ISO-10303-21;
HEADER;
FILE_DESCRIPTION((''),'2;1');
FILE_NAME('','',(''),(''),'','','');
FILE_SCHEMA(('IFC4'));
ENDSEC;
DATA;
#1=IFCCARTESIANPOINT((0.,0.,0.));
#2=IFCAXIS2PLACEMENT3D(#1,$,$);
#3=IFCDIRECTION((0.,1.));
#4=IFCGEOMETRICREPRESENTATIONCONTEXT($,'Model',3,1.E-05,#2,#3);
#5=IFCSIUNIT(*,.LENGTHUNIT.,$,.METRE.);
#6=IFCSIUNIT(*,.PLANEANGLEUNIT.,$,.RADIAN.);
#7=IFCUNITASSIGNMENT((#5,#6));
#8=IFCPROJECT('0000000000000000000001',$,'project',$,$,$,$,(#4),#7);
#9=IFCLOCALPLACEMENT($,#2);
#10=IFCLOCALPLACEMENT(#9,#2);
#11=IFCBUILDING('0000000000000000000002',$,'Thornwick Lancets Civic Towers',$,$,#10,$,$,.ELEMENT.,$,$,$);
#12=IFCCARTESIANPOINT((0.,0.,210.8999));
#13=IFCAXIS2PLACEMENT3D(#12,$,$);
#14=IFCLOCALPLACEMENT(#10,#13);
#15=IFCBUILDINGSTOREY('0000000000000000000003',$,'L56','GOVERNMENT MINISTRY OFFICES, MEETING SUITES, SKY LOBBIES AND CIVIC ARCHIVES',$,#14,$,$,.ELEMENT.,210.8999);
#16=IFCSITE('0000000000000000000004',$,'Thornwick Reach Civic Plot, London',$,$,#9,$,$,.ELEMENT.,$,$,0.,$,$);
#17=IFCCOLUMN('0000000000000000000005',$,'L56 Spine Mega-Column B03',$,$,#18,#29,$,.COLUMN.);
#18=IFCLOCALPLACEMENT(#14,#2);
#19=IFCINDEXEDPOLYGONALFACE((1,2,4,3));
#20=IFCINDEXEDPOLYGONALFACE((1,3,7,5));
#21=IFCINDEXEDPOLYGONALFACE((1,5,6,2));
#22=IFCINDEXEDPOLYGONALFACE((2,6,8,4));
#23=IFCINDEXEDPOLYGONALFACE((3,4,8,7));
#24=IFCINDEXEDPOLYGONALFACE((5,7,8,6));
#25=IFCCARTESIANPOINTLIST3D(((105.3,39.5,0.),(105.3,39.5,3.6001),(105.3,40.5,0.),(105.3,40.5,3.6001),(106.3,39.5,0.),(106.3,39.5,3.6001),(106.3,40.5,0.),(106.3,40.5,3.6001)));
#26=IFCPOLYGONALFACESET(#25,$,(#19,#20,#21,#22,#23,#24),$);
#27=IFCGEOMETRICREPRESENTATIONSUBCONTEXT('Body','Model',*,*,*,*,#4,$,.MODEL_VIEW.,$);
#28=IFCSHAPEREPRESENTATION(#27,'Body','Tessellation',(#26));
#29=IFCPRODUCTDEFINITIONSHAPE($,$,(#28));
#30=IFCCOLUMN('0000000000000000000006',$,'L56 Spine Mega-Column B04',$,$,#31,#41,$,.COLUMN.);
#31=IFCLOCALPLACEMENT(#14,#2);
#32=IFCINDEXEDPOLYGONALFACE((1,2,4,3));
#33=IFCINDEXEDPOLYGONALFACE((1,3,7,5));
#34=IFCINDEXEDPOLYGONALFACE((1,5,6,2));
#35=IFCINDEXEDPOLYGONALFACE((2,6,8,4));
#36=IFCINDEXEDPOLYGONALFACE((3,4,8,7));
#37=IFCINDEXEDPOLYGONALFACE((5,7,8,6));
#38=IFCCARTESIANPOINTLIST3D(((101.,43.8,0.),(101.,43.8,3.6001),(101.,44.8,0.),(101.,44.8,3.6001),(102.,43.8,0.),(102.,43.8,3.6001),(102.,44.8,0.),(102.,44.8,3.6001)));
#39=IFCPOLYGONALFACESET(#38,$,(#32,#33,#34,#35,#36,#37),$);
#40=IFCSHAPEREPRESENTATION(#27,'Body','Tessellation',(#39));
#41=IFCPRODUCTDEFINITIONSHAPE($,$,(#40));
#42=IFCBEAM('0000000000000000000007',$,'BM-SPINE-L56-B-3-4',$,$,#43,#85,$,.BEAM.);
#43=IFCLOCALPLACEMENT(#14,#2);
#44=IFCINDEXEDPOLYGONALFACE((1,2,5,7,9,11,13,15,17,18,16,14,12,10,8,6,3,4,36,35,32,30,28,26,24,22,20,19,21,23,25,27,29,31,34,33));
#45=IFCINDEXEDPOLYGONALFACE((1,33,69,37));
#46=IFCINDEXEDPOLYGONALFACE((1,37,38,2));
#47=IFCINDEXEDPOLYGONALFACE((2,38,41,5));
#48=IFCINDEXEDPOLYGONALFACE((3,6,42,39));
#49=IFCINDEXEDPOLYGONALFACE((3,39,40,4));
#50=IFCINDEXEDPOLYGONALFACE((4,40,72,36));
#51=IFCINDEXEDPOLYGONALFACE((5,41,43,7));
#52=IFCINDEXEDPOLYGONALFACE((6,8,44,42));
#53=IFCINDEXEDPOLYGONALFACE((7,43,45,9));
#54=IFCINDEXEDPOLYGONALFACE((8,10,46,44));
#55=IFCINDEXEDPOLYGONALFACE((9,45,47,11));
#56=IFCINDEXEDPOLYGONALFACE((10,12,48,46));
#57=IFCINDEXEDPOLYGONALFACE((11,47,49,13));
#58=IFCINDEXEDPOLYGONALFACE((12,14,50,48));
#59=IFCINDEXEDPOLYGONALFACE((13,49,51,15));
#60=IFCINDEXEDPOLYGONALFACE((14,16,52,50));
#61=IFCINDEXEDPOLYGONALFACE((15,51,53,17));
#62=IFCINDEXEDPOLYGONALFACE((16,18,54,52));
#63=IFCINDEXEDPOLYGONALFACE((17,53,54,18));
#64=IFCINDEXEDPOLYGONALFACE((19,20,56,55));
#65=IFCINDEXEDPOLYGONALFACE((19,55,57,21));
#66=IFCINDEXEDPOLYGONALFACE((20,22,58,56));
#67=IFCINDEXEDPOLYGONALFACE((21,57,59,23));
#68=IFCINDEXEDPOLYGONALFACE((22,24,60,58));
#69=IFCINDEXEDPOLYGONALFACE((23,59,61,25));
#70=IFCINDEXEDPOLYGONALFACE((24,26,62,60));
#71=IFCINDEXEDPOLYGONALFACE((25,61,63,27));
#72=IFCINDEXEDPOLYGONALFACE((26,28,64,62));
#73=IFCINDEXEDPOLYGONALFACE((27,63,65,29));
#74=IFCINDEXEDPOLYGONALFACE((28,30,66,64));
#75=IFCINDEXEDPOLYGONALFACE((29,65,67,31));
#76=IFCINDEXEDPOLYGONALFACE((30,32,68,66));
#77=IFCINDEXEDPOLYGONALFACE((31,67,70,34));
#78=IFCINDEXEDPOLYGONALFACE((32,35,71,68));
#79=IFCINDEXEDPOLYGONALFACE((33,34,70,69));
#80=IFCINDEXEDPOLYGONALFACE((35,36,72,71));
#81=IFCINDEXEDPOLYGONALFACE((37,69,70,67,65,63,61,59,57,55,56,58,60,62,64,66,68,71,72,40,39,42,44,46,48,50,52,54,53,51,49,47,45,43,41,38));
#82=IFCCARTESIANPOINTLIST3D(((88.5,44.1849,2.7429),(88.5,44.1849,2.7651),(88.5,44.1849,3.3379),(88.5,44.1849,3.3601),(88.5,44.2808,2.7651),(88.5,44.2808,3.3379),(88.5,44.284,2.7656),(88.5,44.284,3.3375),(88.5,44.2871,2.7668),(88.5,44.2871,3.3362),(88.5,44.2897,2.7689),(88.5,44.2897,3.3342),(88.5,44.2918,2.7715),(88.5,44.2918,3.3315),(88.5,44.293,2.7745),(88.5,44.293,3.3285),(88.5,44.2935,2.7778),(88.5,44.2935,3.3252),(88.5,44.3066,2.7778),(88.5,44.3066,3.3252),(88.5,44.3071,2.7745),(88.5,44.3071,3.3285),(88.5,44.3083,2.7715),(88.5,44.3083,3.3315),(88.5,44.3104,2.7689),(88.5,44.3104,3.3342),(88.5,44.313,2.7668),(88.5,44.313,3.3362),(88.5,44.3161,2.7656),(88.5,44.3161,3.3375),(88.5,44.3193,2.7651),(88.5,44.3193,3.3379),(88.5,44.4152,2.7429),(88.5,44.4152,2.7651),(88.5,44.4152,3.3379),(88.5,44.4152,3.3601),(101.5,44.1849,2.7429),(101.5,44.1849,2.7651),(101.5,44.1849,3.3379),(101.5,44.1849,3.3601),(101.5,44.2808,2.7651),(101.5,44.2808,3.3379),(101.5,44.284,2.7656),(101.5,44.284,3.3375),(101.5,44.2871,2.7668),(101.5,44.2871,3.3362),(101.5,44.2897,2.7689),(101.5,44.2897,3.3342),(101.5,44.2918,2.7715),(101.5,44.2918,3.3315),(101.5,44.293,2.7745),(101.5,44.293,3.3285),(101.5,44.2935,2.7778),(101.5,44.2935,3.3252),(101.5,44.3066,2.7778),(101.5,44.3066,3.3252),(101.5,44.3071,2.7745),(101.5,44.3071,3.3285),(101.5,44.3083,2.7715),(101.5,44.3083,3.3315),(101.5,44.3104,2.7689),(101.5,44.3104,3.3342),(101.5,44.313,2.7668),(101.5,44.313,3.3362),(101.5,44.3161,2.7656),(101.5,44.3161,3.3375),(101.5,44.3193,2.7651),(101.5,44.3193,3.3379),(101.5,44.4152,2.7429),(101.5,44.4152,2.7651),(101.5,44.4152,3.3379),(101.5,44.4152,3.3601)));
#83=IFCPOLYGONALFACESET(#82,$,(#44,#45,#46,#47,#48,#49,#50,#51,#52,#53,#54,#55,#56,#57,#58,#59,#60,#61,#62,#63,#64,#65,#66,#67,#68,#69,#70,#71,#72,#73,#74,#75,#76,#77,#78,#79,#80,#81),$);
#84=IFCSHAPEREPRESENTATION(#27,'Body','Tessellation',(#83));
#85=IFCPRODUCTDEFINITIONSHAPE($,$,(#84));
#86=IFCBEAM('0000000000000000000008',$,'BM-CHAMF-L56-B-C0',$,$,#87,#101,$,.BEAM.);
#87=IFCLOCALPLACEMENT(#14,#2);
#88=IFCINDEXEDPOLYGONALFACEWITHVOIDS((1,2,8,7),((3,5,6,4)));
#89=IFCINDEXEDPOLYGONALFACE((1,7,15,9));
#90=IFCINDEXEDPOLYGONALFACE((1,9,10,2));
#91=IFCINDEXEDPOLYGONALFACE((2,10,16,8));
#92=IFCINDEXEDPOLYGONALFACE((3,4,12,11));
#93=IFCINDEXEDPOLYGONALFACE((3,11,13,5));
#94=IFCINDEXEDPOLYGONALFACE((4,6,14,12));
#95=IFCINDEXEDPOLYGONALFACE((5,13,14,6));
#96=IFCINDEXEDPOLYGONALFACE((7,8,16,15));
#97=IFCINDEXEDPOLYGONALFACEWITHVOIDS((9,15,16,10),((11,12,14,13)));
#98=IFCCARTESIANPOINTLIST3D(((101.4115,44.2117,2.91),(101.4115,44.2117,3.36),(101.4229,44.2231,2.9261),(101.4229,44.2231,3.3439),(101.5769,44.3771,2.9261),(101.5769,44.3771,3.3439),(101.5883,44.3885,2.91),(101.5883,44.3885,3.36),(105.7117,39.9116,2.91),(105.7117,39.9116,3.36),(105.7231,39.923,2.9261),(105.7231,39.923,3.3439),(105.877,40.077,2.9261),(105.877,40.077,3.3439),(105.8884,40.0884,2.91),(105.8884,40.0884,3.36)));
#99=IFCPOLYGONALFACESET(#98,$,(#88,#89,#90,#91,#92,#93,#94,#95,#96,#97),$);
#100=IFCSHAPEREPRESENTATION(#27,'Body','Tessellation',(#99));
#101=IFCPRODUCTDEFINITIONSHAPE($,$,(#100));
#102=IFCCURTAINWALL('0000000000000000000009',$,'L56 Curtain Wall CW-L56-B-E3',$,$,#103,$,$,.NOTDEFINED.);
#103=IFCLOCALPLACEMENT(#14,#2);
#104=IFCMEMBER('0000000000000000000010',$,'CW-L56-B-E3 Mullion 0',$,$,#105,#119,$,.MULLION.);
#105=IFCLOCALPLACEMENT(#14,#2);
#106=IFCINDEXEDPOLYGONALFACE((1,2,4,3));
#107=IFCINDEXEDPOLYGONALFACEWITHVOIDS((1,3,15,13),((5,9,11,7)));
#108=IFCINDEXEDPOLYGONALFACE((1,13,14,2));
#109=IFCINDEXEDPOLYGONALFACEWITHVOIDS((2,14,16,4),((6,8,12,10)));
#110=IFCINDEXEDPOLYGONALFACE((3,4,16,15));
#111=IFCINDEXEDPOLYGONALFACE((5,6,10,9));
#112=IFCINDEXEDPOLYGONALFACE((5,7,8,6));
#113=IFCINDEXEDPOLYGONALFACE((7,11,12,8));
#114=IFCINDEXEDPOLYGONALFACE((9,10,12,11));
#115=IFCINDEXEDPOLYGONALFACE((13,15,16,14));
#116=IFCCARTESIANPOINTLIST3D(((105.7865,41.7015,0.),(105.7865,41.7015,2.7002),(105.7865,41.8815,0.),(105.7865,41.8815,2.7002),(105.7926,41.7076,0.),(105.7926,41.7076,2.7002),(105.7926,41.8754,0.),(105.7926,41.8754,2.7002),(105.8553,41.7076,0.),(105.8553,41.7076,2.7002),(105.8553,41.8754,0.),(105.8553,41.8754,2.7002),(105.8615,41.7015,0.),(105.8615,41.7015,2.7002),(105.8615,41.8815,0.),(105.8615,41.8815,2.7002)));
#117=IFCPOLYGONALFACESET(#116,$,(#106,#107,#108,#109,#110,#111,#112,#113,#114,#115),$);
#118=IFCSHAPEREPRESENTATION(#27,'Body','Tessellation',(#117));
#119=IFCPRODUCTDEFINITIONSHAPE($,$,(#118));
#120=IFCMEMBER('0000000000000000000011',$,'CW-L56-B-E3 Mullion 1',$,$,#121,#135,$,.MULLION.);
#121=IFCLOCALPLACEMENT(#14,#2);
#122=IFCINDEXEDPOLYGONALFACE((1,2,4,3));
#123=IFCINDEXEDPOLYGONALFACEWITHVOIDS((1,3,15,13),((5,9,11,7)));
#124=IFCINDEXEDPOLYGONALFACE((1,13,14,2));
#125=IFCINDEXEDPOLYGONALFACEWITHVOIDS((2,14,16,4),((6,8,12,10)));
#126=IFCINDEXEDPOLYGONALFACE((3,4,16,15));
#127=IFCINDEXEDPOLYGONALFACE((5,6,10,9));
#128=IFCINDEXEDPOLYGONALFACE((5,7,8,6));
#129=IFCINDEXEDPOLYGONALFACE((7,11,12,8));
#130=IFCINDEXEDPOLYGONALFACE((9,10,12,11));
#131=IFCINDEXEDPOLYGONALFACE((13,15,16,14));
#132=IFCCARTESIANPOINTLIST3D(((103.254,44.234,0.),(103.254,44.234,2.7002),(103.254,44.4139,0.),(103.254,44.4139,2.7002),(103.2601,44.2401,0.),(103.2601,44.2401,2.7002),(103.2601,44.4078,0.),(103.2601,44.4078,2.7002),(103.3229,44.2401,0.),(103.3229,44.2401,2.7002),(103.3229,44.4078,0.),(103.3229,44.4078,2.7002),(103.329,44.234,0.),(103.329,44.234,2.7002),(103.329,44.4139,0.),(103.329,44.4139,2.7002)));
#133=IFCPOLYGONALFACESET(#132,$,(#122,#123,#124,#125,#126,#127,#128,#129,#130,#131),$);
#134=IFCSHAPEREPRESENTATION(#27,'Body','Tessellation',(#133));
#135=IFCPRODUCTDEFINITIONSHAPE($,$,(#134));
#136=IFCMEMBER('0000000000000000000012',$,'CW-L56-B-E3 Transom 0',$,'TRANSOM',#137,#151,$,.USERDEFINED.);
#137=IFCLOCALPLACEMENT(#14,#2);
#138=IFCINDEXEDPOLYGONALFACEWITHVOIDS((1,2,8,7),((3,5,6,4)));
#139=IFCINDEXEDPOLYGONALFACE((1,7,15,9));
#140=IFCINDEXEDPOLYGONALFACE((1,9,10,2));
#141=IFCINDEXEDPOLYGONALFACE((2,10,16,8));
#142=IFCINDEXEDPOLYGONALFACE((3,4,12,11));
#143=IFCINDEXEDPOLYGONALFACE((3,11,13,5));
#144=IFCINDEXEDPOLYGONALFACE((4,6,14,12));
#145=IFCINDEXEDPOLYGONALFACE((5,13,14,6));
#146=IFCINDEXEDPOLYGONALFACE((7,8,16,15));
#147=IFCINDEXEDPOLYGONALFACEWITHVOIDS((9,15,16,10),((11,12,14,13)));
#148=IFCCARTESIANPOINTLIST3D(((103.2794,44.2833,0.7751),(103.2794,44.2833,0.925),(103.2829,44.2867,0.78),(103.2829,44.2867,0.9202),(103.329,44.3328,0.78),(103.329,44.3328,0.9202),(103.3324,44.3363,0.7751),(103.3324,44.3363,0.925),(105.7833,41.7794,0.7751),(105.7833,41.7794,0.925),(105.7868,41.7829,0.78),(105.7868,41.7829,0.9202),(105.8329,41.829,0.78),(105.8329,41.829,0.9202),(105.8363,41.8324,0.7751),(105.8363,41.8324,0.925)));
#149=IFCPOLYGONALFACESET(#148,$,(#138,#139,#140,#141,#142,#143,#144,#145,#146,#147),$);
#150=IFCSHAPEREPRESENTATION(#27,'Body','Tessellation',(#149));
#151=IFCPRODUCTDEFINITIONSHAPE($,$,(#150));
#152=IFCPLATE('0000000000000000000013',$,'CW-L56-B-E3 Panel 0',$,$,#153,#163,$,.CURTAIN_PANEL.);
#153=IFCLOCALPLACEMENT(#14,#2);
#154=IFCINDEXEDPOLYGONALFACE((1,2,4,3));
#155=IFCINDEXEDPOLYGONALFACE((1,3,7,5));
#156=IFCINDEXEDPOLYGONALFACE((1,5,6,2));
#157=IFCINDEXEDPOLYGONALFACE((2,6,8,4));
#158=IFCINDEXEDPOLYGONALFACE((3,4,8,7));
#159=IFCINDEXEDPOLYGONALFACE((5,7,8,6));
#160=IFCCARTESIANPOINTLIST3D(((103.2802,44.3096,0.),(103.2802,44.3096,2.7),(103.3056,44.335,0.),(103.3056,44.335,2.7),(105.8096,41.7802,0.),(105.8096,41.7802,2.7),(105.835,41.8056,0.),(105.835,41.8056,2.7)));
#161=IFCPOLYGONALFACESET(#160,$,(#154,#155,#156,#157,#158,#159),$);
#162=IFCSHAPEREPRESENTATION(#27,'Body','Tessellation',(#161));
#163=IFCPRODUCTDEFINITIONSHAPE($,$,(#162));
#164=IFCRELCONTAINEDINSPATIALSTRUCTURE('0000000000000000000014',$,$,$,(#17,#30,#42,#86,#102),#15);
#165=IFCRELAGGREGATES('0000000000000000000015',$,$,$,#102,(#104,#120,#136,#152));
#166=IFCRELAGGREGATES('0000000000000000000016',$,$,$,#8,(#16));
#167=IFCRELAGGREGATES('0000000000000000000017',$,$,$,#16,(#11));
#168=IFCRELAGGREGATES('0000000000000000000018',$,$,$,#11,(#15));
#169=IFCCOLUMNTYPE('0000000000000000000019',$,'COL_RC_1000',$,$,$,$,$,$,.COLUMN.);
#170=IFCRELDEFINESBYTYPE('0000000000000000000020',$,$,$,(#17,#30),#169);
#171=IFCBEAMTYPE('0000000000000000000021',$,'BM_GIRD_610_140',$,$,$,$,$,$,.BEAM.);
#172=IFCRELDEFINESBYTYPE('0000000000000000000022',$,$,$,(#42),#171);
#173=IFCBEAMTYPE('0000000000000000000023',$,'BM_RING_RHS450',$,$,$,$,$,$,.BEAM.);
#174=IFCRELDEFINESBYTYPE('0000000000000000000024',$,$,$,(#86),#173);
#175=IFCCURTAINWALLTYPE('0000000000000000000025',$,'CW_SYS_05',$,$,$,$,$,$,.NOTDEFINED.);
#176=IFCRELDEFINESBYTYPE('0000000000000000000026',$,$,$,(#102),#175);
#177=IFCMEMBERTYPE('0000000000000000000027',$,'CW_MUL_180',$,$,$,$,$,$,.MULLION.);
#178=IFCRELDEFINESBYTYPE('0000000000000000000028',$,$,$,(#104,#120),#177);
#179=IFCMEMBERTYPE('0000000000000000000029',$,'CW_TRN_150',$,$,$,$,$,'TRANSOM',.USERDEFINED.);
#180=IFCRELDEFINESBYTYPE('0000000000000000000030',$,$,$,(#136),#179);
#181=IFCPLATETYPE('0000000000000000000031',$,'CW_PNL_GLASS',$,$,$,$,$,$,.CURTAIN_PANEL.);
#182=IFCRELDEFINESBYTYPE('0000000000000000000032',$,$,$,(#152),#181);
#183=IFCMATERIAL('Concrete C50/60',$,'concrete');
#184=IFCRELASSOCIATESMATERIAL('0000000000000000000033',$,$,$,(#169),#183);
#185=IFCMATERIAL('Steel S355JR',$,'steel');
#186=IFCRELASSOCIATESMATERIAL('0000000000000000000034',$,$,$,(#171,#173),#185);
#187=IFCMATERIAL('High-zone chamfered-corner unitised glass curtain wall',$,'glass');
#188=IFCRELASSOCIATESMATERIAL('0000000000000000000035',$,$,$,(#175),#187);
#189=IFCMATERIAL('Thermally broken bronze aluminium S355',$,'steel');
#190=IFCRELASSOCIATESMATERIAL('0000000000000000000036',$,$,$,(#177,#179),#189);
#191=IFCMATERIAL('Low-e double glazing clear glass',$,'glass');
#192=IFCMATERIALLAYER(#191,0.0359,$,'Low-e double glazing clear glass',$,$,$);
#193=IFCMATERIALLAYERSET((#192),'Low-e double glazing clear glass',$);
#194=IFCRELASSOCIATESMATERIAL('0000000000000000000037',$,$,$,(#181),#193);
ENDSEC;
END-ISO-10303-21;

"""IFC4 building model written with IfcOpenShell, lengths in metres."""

from ifc_helpers import new_model, si_unit, direction, frame, origin, origin_2d, place, context, subcontext, project, spatial, rectangle, hollow_rectangle, i_section, extrude, material, layer, layer_set, material_profile, profile_set, type_object, element, aggregate, save


model = new_model("IFC4")

# Units and contexts
model_context = context("Model", 3, precision=1e-05, world=origin(), true_north=direction((0.0, 1.0)))
body_context = subcontext(model_context, "Body", "Model", "MODEL_VIEW")
ifc_project = project(units=[si_unit("LENGTHUNIT", "METRE"), si_unit("PLANEANGLEUNIT", "RADIAN")], contexts=[model_context])

# Site, building, storey
site_placement = place(None, origin())
site = spatial("IfcSite", under=ifc_project, at=site_placement, Name="Thornwick Reach Civic Plot, London", CompositionType="ELEMENT", RefElevation=0.0)
building_placement = place(site_placement, origin())
building = spatial("IfcBuilding", under=site, at=building_placement, Name="Thornwick Lancets Civic Towers", CompositionType="ELEMENT")
storey_placement = place(building_placement, frame((0.0, 0.0, 210.8999)))
storey = spatial("IfcBuildingStorey", under=building, at=storey_placement, Name="L56", Description="GOVERNMENT MINISTRY OFFICES, MEETING SUITES, SKY LOBBIES AND CIVIC ARCHIVES", CompositionType="ELEMENT", Elevation=210.8999)

# Columns
ifc_material_1 = material(Name="Concrete C50/60", Category="concrete")
ifc_material_profile_1 = material_profile(ifc_material_1, rectangle(XDim=1.0, YDim=1.0, at=origin_2d()), Name="RC 1000x1000")
ifc_profile_set_1 = profile_set([ifc_material_profile_1], Name="Concrete C50/60")
column_type = type_object("IfcColumnType", Name="COL_RC_1000", PredefinedType="COLUMN", material=ifc_profile_set_1)
for number, where, z_axis, x_axis, name in (
    (1, (105.8, 40.0, 0.0), (0.0, 0.0, 1.0), (1.0, 0.0, 0.0), "L56 Spine Mega-Column B03"),
    (2, (101.5, 44.3, 0.0), (0.0, 0.0, 1.0), (1.0, 0.0, 0.0), "L56 Spine Mega-Column B04"),
):
    element("IfcColumn", number, at=place(storey_placement, frame(where, z_axis=z_axis, x_axis=x_axis)), inside=storey, type_object=column_type, Name=name, PredefinedType="COLUMN", context=body_context, shape_type="SweptSolid", body=[
        extrude(rectangle(XDim=1.0, YDim=1.0, at=origin_2d()), origin(), (0.0, 0.0, 1.0), 3.6001),
    ])

# Beams
ifc_material_2 = material(Name="Steel S355JR", Category="steel")
ifc_material_profile_2 = material_profile(ifc_material_2, i_section(OverallWidth=0.2302, OverallDepth=0.6172, WebThickness=0.0132, FlangeThickness=0.0222, FilletRadius=0.0127, at=origin_2d()), Name="UKB 610x229x140")
ifc_profile_set_2 = profile_set([ifc_material_profile_2], Name="Steel S355JR")
beam_type_1 = type_object("IfcBeamType", Name="BM_GIRD_610_140", PredefinedType="BEAM", material=ifc_profile_set_2)
beam_1_placement = place(storey_placement, frame((101.5, 44.3, 3.0515), z_axis=(-1.0, 0.0, 0.0), x_axis=(0.0, -1.0, 0.0)))
element("IfcBeam", 3, at=beam_1_placement, inside=storey, type_object=beam_type_1, Name="BM-SPINE-L56-B-3-4", PredefinedType="BEAM", context=body_context, shape_type="SweptSolid", body=[
    extrude(i_section(OverallWidth=0.2302, OverallDepth=0.6172, WebThickness=0.0132, FlangeThickness=0.0222, FilletRadius=0.0127, at=origin_2d()), origin(), (0.0, 0.0, 1.0), 13.0),
])
ifc_material_profile_3 = material_profile(ifc_material_2, hollow_rectangle(XDim=0.25, YDim=0.45, WallThickness=0.0161, at=origin_2d()), Name="RHS 450x250x16")
ifc_profile_set_3 = profile_set([ifc_material_profile_3], Name="Steel S355JR")
beam_type_2 = type_object("IfcBeamType", Name="BM_RING_RHS450", PredefinedType="BEAM", material=ifc_profile_set_3)
beam_2_placement = place(storey_placement, frame((105.8, 40.0, 3.135), z_axis=(-0.707107, 0.707107, 0.0), x_axis=(-0.707107, -0.707107, 0.0)))
element("IfcBeam", 4, at=beam_2_placement, inside=storey, type_object=beam_type_2, Name="BM-CHAMF-L56-B-C0", PredefinedType="BEAM", context=body_context, shape_type="SweptSolid", body=[
    extrude(hollow_rectangle(XDim=0.25, YDim=0.45, WallThickness=0.0161, at=origin_2d()), origin(), (0.0, 0.0, 1.0), 6.0813),
])

# Curtain wall, members, plate
ifc_material_3 = material(Name="High-zone chamfered-corner unitised glass curtain wall", Category="glass")
curtain_wall_type = type_object("IfcCurtainWallType", Name="CW_SYS_05", PredefinedType="NOTDEFINED", material=ifc_material_3)
curtain_wall_placement = place(storey_placement, origin())
curtain_wall = element("IfcCurtainWall", 5, at=curtain_wall_placement, inside=storey, type_object=curtain_wall_type, Name="L56 Curtain Wall CW-L56-B-E3", PredefinedType="NOTDEFINED")
ifc_material_4 = material(Name="Thermally broken bronze aluminium S355", Category="steel")
ifc_material_profile_4 = material_profile(ifc_material_4, hollow_rectangle(XDim=0.075, YDim=0.1799, WallThickness=0.0061, at=origin_2d()), Name="RHS 180x75x6")
ifc_profile_set_4 = profile_set([ifc_material_profile_4], Name="Thermally broken bronze aluminium S355")
member_type_1 = type_object("IfcMemberType", Name="CW_MUL_180", PredefinedType="MULLION", material=ifc_profile_set_4)
member_1_placement = place(storey_placement, frame((105.824, 41.7915, 0.0), z_axis=(0.0, 0.0, 1.0), x_axis=(1.0, 0.0, 0.0)))
member_1 = element("IfcMember", 6, at=member_1_placement, type_object=member_type_1, Name="CW-L56-B-E3 Mullion 0", PredefinedType="MULLION", context=body_context, shape_type="SweptSolid", body=[
    extrude(hollow_rectangle(XDim=0.075, YDim=0.1799, WallThickness=0.0061, at=origin_2d()), origin(), (0.0, 0.0, 1.0), 2.7002),
])
member_2_placement = place(storey_placement, frame((103.2915, 44.324, 0.0), z_axis=(0.0, 0.0, 1.0), x_axis=(1.0, 0.0, 0.0)))
member_2 = element("IfcMember", 7, at=member_2_placement, type_object=member_type_1, Name="CW-L56-B-E3 Mullion 1", PredefinedType="MULLION", context=body_context, shape_type="SweptSolid", body=[
    extrude(hollow_rectangle(XDim=0.075, YDim=0.1799, WallThickness=0.0061, at=origin_2d()), origin(), (0.0, 0.0, 1.0), 2.7002),
])
ifc_material_profile_5 = material_profile(ifc_material_4, hollow_rectangle(XDim=0.075, YDim=0.1499, WallThickness=0.0049, at=origin_2d()), Name="RHS 150x75x5")
ifc_profile_set_5 = profile_set([ifc_material_profile_5], Name="Thermally broken bronze aluminium S355")
member_type_2 = type_object("IfcMemberType", Name="CW_TRN_150", ElementType="TRANSOM", PredefinedType="USERDEFINED", material=ifc_profile_set_5)
member_3_placement = place(storey_placement, frame((105.8098, 41.8059, 0.8501), z_axis=(-0.707107, 0.707107, 0.0), x_axis=(-0.707107, -0.707107, 0.0)))
member_3 = element("IfcMember", 8, at=member_3_placement, type_object=member_type_2, Name="CW-L56-B-E3 Transom 0", ObjectType="TRANSOM", PredefinedType="USERDEFINED", context=body_context, shape_type="SweptSolid", body=[
    extrude(hollow_rectangle(XDim=0.075, YDim=0.1499, WallThickness=0.0049, at=origin_2d()), origin(), (0.0, 0.0, 1.0), 3.541),
])
ifc_material_5 = material(Name="Low-e double glazing clear glass", Category="glass")
ifc_layer_1 = layer(ifc_material_5, 0.0359, Name="Low-e double glazing clear glass")
ifc_layer_set_1 = layer_set([ifc_layer_1], Name="Low-e double glazing clear glass")
plate_type = type_object("IfcPlateType", Name="CW_PNL_GLASS", PredefinedType="CURTAIN_PANEL", material=ifc_layer_set_1)
plate_placement = place(storey_placement, frame((104.5576, 43.0576, 0.0), z_axis=(0.0, 0.0, 1.0), x_axis=(-0.707107, 0.707107, 0.0)))
plate = element("IfcPlate", 9, at=plate_placement, type_object=plate_type, Name="CW-L56-B-E3 Panel 0", PredefinedType="CURTAIN_PANEL", context=body_context, shape_type="SweptSolid", body=[
    extrude(rectangle(XDim=3.5771, YDim=0.0359, at=origin_2d()), origin(), (0.0, 0.0, 1.0), 2.7),
])
aggregate(curtain_wall, [member_1, member_2, member_3, plate])

save(model, "model.ifc")
